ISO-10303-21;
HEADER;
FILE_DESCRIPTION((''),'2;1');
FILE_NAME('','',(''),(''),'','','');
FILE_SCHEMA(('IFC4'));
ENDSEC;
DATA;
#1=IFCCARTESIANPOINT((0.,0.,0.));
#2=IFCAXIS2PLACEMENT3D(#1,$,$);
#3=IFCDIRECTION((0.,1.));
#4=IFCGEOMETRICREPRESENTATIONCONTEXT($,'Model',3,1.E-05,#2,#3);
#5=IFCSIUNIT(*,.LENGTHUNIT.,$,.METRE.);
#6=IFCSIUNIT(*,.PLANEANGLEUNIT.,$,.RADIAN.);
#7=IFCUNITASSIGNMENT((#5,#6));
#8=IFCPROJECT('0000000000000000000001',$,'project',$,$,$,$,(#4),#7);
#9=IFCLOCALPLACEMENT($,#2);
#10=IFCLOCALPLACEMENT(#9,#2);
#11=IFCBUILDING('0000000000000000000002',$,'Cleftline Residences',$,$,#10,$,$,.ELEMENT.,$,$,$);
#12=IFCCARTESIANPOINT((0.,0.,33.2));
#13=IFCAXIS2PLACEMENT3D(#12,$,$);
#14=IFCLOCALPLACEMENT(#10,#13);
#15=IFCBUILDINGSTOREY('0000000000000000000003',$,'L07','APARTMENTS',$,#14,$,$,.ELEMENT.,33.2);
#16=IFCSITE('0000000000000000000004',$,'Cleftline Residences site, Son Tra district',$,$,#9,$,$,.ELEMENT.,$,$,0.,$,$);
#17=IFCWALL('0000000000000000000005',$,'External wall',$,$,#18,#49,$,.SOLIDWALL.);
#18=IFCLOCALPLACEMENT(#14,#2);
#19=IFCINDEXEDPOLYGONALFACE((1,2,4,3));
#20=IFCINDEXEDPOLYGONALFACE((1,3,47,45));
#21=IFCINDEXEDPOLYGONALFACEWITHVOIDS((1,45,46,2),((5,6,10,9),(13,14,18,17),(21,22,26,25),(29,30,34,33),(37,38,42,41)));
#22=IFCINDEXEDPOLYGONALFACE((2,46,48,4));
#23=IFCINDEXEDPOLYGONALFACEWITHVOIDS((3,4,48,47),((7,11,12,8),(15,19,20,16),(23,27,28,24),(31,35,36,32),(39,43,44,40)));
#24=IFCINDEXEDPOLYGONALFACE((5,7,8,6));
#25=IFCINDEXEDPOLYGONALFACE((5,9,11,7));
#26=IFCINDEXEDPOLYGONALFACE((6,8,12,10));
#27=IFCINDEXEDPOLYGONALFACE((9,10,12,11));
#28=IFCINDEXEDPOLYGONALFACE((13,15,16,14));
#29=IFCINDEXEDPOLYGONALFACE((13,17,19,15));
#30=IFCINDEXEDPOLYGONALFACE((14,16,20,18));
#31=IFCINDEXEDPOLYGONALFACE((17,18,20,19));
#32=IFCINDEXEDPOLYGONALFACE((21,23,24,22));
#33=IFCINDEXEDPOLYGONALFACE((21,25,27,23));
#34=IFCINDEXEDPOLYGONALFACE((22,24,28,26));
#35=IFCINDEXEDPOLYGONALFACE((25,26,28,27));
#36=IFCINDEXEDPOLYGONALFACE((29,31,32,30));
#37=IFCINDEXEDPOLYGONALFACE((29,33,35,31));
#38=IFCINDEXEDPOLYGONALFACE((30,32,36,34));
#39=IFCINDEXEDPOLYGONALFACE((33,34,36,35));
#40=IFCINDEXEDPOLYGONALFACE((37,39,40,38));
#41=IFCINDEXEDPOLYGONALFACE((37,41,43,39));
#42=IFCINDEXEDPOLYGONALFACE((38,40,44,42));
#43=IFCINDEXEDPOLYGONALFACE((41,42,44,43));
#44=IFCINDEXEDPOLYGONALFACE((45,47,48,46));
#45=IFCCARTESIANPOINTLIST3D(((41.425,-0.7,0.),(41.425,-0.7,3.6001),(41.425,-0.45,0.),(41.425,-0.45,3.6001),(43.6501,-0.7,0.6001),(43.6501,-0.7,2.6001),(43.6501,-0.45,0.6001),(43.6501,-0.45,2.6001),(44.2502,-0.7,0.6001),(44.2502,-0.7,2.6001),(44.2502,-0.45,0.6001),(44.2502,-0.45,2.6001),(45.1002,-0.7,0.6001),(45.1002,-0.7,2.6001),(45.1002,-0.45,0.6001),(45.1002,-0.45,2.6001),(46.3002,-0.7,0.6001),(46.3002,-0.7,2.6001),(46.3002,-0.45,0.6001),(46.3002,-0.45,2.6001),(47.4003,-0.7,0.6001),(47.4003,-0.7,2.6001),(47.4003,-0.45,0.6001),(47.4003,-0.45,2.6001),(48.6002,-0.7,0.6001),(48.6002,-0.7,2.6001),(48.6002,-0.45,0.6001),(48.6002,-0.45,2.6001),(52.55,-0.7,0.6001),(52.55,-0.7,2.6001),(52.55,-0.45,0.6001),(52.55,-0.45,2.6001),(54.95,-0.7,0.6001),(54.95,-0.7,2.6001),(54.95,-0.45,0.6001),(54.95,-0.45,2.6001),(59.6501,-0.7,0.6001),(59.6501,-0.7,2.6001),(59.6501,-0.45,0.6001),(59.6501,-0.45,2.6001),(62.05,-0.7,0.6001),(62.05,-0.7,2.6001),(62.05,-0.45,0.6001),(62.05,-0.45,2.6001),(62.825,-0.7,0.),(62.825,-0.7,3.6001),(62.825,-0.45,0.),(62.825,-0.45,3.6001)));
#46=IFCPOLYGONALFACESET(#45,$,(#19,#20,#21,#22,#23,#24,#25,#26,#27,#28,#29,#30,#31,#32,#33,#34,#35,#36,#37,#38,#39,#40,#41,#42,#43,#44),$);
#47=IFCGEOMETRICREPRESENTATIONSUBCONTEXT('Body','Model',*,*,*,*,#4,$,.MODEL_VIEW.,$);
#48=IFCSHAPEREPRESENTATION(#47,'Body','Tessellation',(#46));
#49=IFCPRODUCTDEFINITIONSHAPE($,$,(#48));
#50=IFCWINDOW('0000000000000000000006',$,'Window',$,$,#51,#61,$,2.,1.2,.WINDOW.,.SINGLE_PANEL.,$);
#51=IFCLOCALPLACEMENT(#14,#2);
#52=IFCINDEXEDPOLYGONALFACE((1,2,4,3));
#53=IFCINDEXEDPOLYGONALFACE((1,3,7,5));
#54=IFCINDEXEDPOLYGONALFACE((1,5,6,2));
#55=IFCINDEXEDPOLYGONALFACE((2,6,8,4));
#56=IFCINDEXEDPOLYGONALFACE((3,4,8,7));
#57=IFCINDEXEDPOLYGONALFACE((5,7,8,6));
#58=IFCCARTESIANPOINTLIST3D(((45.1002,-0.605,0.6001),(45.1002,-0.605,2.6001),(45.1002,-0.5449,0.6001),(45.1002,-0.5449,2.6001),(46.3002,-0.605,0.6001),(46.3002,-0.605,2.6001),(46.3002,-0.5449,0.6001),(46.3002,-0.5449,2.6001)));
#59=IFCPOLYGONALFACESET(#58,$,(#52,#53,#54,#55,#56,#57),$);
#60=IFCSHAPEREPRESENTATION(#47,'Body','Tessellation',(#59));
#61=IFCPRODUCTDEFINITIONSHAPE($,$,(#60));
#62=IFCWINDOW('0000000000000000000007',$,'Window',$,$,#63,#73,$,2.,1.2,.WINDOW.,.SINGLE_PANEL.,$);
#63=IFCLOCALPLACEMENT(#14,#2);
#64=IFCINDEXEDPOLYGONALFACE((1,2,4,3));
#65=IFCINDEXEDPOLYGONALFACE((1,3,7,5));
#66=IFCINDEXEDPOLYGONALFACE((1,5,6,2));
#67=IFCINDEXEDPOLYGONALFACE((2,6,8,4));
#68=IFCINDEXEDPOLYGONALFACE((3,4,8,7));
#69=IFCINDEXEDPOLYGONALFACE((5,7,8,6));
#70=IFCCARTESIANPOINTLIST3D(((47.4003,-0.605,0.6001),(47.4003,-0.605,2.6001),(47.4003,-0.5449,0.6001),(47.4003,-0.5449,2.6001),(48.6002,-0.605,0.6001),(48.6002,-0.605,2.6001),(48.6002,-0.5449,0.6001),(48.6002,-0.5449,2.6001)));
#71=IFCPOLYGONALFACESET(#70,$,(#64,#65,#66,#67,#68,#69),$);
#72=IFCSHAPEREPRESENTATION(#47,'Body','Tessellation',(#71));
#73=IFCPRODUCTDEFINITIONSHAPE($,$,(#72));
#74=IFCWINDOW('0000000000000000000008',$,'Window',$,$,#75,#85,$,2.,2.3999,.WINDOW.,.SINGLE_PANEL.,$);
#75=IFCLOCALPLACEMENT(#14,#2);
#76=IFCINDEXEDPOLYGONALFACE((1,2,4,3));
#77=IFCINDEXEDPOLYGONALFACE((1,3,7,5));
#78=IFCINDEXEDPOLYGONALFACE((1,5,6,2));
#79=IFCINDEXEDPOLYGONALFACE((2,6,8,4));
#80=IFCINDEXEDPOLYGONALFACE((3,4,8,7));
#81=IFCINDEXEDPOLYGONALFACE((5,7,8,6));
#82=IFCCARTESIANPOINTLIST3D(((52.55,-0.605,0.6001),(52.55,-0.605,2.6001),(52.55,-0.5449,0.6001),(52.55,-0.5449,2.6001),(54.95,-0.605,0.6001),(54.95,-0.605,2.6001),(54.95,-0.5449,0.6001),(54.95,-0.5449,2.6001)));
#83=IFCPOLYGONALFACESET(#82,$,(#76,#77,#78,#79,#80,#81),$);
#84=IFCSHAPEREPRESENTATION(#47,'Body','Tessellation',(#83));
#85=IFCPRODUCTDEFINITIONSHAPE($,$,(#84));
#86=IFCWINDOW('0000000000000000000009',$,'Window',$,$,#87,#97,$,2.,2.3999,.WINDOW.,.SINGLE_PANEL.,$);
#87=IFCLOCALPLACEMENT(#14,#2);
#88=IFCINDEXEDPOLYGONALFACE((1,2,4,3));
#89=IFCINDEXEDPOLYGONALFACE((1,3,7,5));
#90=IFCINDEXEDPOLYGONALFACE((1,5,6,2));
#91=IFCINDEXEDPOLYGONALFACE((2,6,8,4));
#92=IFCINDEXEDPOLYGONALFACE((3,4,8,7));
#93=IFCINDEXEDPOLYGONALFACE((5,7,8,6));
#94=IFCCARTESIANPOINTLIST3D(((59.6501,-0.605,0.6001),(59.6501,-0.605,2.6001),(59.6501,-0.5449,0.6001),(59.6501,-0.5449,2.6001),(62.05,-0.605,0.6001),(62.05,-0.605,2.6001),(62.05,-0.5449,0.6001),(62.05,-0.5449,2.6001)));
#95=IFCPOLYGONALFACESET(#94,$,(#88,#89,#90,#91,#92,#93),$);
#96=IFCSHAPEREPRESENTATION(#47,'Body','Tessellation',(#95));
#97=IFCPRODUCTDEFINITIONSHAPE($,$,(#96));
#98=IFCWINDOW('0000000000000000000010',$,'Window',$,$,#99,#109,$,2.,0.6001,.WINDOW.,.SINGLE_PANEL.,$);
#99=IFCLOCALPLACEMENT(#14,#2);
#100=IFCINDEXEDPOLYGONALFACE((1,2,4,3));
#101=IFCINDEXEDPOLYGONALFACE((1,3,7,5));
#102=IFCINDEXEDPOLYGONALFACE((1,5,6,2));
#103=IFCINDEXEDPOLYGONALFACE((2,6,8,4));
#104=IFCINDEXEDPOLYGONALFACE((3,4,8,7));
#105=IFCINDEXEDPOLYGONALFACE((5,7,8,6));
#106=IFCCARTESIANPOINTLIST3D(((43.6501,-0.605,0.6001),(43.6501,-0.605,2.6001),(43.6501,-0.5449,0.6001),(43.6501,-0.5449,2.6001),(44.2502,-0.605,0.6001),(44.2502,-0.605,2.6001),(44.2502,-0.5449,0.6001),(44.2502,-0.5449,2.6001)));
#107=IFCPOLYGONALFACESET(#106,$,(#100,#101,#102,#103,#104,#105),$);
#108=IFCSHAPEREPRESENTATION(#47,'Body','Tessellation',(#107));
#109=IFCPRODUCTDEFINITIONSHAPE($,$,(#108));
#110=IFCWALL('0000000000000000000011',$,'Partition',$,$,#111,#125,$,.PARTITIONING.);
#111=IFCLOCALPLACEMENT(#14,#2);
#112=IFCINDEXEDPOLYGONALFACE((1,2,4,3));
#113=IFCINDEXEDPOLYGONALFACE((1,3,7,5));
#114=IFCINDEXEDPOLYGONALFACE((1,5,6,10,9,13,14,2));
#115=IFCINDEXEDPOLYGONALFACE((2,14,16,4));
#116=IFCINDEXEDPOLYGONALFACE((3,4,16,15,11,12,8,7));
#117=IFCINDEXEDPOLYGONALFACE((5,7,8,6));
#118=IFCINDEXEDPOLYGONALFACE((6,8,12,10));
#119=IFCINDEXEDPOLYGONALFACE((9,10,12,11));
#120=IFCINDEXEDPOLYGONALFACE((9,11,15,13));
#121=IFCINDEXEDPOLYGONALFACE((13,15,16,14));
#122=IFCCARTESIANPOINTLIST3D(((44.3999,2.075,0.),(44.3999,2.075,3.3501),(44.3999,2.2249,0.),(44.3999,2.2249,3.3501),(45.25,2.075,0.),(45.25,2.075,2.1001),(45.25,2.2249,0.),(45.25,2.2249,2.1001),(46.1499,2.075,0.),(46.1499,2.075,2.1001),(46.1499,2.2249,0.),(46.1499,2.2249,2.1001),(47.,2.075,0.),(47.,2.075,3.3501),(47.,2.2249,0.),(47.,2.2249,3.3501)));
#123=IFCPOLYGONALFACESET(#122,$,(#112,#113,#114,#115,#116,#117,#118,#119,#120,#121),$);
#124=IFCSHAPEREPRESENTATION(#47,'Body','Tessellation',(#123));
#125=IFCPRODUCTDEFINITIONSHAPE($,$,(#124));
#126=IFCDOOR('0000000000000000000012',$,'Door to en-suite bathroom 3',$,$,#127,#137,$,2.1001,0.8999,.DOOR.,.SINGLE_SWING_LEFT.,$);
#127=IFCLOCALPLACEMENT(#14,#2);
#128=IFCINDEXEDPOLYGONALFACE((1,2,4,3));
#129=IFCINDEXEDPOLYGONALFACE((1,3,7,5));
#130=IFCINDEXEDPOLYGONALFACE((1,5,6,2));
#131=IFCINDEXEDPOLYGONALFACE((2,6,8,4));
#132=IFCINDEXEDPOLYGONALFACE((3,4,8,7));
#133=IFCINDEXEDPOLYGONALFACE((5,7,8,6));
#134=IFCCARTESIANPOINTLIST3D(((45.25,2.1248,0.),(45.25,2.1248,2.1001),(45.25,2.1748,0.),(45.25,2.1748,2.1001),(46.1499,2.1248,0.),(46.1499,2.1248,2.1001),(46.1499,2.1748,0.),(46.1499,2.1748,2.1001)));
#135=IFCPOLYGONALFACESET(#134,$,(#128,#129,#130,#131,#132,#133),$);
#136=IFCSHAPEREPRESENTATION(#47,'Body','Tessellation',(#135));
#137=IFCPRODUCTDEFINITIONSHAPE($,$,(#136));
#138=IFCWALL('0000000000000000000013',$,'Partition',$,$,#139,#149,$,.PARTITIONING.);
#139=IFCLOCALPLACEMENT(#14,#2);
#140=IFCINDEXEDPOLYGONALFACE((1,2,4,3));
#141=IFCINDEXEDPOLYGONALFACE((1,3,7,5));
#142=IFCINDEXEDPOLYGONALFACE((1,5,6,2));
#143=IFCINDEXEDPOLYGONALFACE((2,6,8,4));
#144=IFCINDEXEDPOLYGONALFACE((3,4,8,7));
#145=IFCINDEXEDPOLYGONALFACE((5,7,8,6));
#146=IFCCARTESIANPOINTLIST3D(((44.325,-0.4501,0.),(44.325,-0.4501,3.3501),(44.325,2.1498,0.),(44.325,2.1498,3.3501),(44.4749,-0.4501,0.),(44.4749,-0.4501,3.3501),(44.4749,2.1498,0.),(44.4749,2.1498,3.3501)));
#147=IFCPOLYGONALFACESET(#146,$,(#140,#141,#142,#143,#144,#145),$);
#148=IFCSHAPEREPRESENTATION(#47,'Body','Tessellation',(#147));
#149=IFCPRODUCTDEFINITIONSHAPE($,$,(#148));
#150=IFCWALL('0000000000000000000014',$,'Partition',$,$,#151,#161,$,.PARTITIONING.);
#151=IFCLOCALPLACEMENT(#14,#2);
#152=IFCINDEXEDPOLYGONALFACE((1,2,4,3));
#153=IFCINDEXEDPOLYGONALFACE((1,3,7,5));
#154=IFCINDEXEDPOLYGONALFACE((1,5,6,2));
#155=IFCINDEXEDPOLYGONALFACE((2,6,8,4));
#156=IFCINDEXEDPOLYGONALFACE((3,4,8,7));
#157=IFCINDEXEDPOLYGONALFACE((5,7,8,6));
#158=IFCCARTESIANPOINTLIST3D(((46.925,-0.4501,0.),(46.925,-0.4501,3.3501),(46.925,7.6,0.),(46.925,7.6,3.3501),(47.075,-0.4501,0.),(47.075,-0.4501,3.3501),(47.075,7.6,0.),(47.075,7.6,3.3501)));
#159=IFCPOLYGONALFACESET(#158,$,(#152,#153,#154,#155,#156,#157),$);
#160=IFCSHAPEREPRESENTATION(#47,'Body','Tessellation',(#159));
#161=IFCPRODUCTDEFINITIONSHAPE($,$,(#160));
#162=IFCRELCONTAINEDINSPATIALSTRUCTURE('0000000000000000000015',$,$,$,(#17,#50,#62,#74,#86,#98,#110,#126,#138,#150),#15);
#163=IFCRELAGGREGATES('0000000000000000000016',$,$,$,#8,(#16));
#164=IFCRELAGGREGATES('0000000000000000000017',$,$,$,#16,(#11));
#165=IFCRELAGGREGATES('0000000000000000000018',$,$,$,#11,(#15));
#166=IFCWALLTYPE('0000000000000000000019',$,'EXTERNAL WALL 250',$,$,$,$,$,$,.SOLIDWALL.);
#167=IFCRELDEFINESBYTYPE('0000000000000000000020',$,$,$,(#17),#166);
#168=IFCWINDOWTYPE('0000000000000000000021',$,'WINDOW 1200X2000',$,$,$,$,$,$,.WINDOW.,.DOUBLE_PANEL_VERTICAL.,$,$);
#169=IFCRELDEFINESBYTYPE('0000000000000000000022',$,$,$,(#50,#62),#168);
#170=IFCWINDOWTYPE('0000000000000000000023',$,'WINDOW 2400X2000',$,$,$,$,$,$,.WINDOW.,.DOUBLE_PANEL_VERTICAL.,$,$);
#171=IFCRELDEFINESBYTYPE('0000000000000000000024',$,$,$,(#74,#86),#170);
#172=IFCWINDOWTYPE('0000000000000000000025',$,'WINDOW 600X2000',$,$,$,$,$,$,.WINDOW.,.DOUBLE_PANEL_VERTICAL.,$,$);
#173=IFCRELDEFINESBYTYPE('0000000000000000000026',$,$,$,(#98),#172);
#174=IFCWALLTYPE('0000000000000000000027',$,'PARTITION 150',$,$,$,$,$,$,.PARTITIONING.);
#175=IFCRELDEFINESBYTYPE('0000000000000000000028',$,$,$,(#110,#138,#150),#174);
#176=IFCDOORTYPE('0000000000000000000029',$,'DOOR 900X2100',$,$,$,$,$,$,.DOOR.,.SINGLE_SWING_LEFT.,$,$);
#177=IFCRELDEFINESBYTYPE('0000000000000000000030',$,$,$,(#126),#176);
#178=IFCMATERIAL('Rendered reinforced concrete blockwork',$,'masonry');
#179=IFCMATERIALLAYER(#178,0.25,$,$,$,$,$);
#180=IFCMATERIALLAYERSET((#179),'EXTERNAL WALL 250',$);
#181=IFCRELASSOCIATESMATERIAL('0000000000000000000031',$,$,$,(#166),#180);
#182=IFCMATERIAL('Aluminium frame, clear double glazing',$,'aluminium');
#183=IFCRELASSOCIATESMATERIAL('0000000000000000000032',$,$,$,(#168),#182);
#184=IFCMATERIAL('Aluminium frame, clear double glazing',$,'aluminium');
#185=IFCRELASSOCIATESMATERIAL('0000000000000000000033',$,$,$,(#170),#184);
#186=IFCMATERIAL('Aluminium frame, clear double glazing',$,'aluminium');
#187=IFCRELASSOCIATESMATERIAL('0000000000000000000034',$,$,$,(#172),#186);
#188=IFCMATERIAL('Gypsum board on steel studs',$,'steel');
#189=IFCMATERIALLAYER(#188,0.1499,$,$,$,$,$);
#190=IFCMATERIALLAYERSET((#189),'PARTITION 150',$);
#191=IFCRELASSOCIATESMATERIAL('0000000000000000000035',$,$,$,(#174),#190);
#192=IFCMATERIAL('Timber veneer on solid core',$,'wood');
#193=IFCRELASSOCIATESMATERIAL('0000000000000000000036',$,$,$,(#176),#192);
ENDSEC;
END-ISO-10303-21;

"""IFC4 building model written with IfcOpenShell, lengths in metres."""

from ifc_helpers import new_model, si_unit, direction, frame, frame_2d, origin, place, context, subcontext, project, spatial, rectangle, extrude, material, layer, layer_set, type_object, element, fill, save


model = new_model("IFC4")

# Units and contexts
model_context = context("Model", 3, precision=1e-05, world=origin(), true_north=direction((0.0, 1.0)))
body_context = subcontext(model_context, "Body", "Model", "MODEL_VIEW")
ifc_project = project(units=[si_unit("LENGTHUNIT", "METRE"), si_unit("PLANEANGLEUNIT", "RADIAN")], contexts=[model_context])

# Site, building, storey
site_placement = place(None, origin())
site = spatial("IfcSite", under=ifc_project, at=site_placement, Name="Cleftline Residences site, Son Tra district", CompositionType="ELEMENT", RefElevation=0.0)
building_placement = place(site_placement, origin())
building = spatial("IfcBuilding", under=site, at=building_placement, Name="Cleftline Residences", CompositionType="ELEMENT")
storey_placement = place(building_placement, frame((0.0, 0.0, 33.2)))
storey = spatial("IfcBuildingStorey", under=building, at=storey_placement, Name="L07", Description="APARTMENTS", CompositionType="ELEMENT", Elevation=33.2)

# Wall, openings, windows
ifc_material_1 = material(Name="Rendered reinforced concrete blockwork", Category="masonry")
ifc_layer_1 = layer(ifc_material_1, 0.25)
ifc_layer_set_1 = layer_set([ifc_layer_1], Name="EXTERNAL WALL 250")
wall_type_1 = type_object("IfcWallType", Name="EXTERNAL WALL 250", PredefinedType="SOLIDWALL", material=ifc_layer_set_1)
wall_1_placement = place(storey_placement, frame((41.425, -0.575, 0.0), z_axis=(0.0, 0.0, 1.0), x_axis=(1.0, 0.0, 0.0)))
wall_1 = element("IfcWall", 1, at=wall_1_placement, inside=storey, type_object=wall_type_1, Name="External wall", PredefinedType="SOLIDWALL", context=body_context, shape_type="SweptSolid", body=[
    extrude(rectangle(XDim=21.3999, YDim=0.25, at=frame_2d((10.7, 0.0))), origin(), (0.0, 0.0, 1.0), 3.6001),
])
opening_1_placement = place(wall_1_placement, frame((2.2251, 0.0, 0.6001)))
opening_1 = element("IfcOpeningElement", 2, at=opening_1_placement, cuts=wall_1, PredefinedType="OPENING", context=body_context, shape_type="SweptSolid", body=[
    extrude(rectangle(XDim=0.6001, YDim=2.0, at=frame_2d((0.3, 1.0))), frame((0.0, 0.135, 0.0), z_axis=(0.0, -1.0, 0.0), x_axis=(1.0, 0.0, 0.0)), (0.0, 0.0, 1.0), 0.27),
])
opening_2_placement = place(wall_1_placement, frame((3.675, 0.0, 0.6001)))
opening_2 = element("IfcOpeningElement", 3, at=opening_2_placement, cuts=wall_1, PredefinedType="OPENING", context=body_context, shape_type="SweptSolid", body=[
    extrude(rectangle(XDim=1.2, YDim=2.0, at=frame_2d((0.6001, 1.0))), frame((0.0, 0.135, 0.0), z_axis=(0.0, -1.0, 0.0), x_axis=(1.0, 0.0, 0.0)), (0.0, 0.0, 1.0), 0.27),
])
opening_3_placement = place(wall_1_placement, frame((5.9751, 0.0, 0.6001)))
opening_3 = element("IfcOpeningElement", 4, at=opening_3_placement, cuts=wall_1, PredefinedType="OPENING", context=body_context, shape_type="SweptSolid", body=[
    extrude(rectangle(XDim=1.2, YDim=2.0, at=frame_2d((0.6001, 1.0))), frame((0.0, 0.135, 0.0), z_axis=(0.0, -1.0, 0.0), x_axis=(1.0, 0.0, 0.0)), (0.0, 0.0, 1.0), 0.27),
])
opening_4_placement = place(wall_1_placement, frame((11.125, 0.0, 0.6001)))
opening_4 = element("IfcOpeningElement", 5, at=opening_4_placement, cuts=wall_1, PredefinedType="OPENING", context=body_context, shape_type="SweptSolid", body=[
    extrude(rectangle(XDim=2.3999, YDim=2.0, at=frame_2d((1.2, 1.0))), frame((0.0, 0.135, 0.0), z_axis=(0.0, -1.0, 0.0), x_axis=(1.0, 0.0, 0.0)), (0.0, 0.0, 1.0), 0.27),
])
opening_5_placement = place(wall_1_placement, frame((18.2251, 0.0, 0.6001)))
opening_5 = element("IfcOpeningElement", 6, at=opening_5_placement, cuts=wall_1, PredefinedType="OPENING", context=body_context, shape_type="SweptSolid", body=[
    extrude(rectangle(XDim=2.3999, YDim=2.0, at=frame_2d((1.2, 1.0))), frame((0.0, 0.135, 0.0), z_axis=(0.0, -1.0, 0.0), x_axis=(1.0, 0.0, 0.0)), (0.0, 0.0, 1.0), 0.27),
])
ifc_material_2 = material(Name="Aluminium frame, clear double glazing", Category="aluminium")
window_type_1 = type_object("IfcWindowType", Name="WINDOW 1200X2000", PartitioningType="DOUBLE_PANEL_VERTICAL", PredefinedType="WINDOW", material=ifc_material_2)
window_1_placement = place(opening_2_placement, origin())
window_1 = element("IfcWindow", 7, at=window_1_placement, inside=storey, type_object=window_type_1, Name="Window", OverallHeight=2.0, OverallWidth=1.2, PartitioningType="SINGLE_PANEL", PredefinedType="WINDOW", context=body_context, shape_type="SweptSolid", body=[
    extrude(rectangle(XDim=1.2, YDim=2.0, at=frame_2d((0.6001, 1.0))), frame((0.0, 0.03, 0.0), z_axis=(0.0, -1.0, 0.0), x_axis=(1.0, 0.0, 0.0)), (0.0, 0.0, 1.0), 0.0601),
])
fill(opening_2, window_1)
window_2_placement = place(opening_3_placement, origin())
window_2 = element("IfcWindow", 8, at=window_2_placement, inside=storey, type_object=window_type_1, Name="Window", OverallHeight=2.0, OverallWidth=1.2, PartitioningType="SINGLE_PANEL", PredefinedType="WINDOW", context=body_context, shape_type="SweptSolid", body=[
    extrude(rectangle(XDim=1.2, YDim=2.0, at=frame_2d((0.6001, 1.0))), frame((0.0, 0.03, 0.0), z_axis=(0.0, -1.0, 0.0), x_axis=(1.0, 0.0, 0.0)), (0.0, 0.0, 1.0), 0.0601),
])
fill(opening_3, window_2)
ifc_material_3 = material(Name="Aluminium frame, clear double glazing", Category="aluminium")
window_type_2 = type_object("IfcWindowType", Name="WINDOW 2400X2000", PartitioningType="DOUBLE_PANEL_VERTICAL", PredefinedType="WINDOW", material=ifc_material_3)
window_3_placement = place(opening_4_placement, origin())
window_3 = element("IfcWindow", 9, at=window_3_placement, inside=storey, type_object=window_type_2, Name="Window", OverallHeight=2.0, OverallWidth=2.3999, PartitioningType="SINGLE_PANEL", PredefinedType="WINDOW", context=body_context, shape_type="SweptSolid", body=[
    extrude(rectangle(XDim=2.3999, YDim=2.0, at=frame_2d((1.2, 1.0))), frame((0.0, 0.03, 0.0), z_axis=(0.0, -1.0, 0.0), x_axis=(1.0, 0.0, 0.0)), (0.0, 0.0, 1.0), 0.0601),
])
fill(opening_4, window_3)
window_4_placement = place(opening_5_placement, origin())
window_4 = element("IfcWindow", 10, at=window_4_placement, inside=storey, type_object=window_type_2, Name="Window", OverallHeight=2.0, OverallWidth=2.3999, PartitioningType="SINGLE_PANEL", PredefinedType="WINDOW", context=body_context, shape_type="SweptSolid", body=[
    extrude(rectangle(XDim=2.3999, YDim=2.0, at=frame_2d((1.2, 1.0))), frame((0.0, 0.03, 0.0), z_axis=(0.0, -1.0, 0.0), x_axis=(1.0, 0.0, 0.0)), (0.0, 0.0, 1.0), 0.0601),
])
fill(opening_5, window_4)
ifc_material_4 = material(Name="Aluminium frame, clear double glazing", Category="aluminium")
window_type_3 = type_object("IfcWindowType", Name="WINDOW 600X2000", PartitioningType="DOUBLE_PANEL_VERTICAL", PredefinedType="WINDOW", material=ifc_material_4)
window_5_placement = place(opening_1_placement, origin())
window_5 = element("IfcWindow", 11, at=window_5_placement, inside=storey, type_object=window_type_3, Name="Window", OverallHeight=2.0, OverallWidth=0.6001, PartitioningType="SINGLE_PANEL", PredefinedType="WINDOW", context=body_context, shape_type="SweptSolid", body=[
    extrude(rectangle(XDim=0.6001, YDim=2.0, at=frame_2d((0.3, 1.0))), frame((0.0, 0.03, 0.0), z_axis=(0.0, -1.0, 0.0), x_axis=(1.0, 0.0, 0.0)), (0.0, 0.0, 1.0), 0.0601),
])
fill(opening_1, window_5)

# Wall, opening, door
ifc_material_5 = material(Name="Gypsum board on steel studs", Category="steel")
ifc_layer_2 = layer(ifc_material_5, 0.1499)
ifc_layer_set_2 = layer_set([ifc_layer_2], Name="PARTITION 150")
wall_type_2 = type_object("IfcWallType", Name="PARTITION 150", PredefinedType="PARTITIONING", material=ifc_layer_set_2)
wall_2_placement = place(storey_placement, frame((44.3999, 2.1499, 0.0), z_axis=(0.0, 0.0, 1.0), x_axis=(1.0, 0.0, 0.0)))
wall_2 = element("IfcWall", 12, at=wall_2_placement, inside=storey, type_object=wall_type_2, Name="Partition", PredefinedType="PARTITIONING", context=body_context, shape_type="SweptSolid", body=[
    extrude(rectangle(XDim=2.6001, YDim=0.1499, at=frame_2d((1.3, 0.0))), origin(), (0.0, 0.0, 1.0), 3.3501),
])
opening_6_placement = place(wall_2_placement, frame((0.8501, 0.0, 0.0)))
opening_6 = element("IfcOpeningElement", 13, at=opening_6_placement, cuts=wall_2, PredefinedType="OPENING", context=body_context, shape_type="SweptSolid", body=[
    extrude(rectangle(XDim=0.8999, YDim=2.1001, at=frame_2d((0.45, 1.05))), frame((0.0, 0.085, 0.0), z_axis=(0.0, -1.0, 0.0), x_axis=(1.0, 0.0, 0.0)), (0.0, 0.0, 1.0), 0.1699),
])
ifc_material_6 = material(Name="Timber veneer on solid core", Category="wood")
door_type = type_object("IfcDoorType", Name="DOOR 900X2100", OperationType="SINGLE_SWING_LEFT", PredefinedType="DOOR", material=ifc_material_6)
door_placement = place(opening_6_placement, origin())
door = element("IfcDoor", 14, at=door_placement, inside=storey, type_object=door_type, Name="Door to en-suite bathroom 3", OperationType="SINGLE_SWING_LEFT", OverallHeight=2.1001, OverallWidth=0.8999, PredefinedType="DOOR", context=body_context, shape_type="SweptSolid", body=[
    extrude(rectangle(XDim=0.8999, YDim=2.1001, at=frame_2d((0.45, 1.05))), frame((0.0, 0.0249, 0.0), z_axis=(0.0, -1.0, 0.0), x_axis=(1.0, 0.0, 0.0)), (0.0, 0.0, 1.0), 0.05),
])
fill(opening_6, door)

# Walls
wall_3_placement = place(storey_placement, frame((44.3999, -0.45, 0.0), z_axis=(0.0, 0.0, 1.0), x_axis=(0.0, 1.0, 0.0)))
element("IfcWall", 15, at=wall_3_placement, inside=storey, type_object=wall_type_2, Name="Partition", PredefinedType="PARTITIONING", context=body_context, shape_type="SweptSolid", body=[
    extrude(rectangle(XDim=2.5999, YDim=0.1499, at=frame_2d((1.2998, 0.0))), origin(), (0.0, 0.0, 1.0), 3.3501),
])
wall_4_placement = place(storey_placement, frame((47.0, -0.45, 0.0), z_axis=(0.0, 0.0, 1.0), x_axis=(0.0, 1.0, 0.0)))
element("IfcWall", 16, at=wall_4_placement, inside=storey, type_object=wall_type_2, Name="Partition", PredefinedType="PARTITIONING", context=body_context, shape_type="SweptSolid", body=[
    extrude(rectangle(XDim=8.05, YDim=0.1499, at=frame_2d((4.0249, 0.0))), origin(), (0.0, 0.0, 1.0), 3.3501),
])

save(model, "model.ifc")
